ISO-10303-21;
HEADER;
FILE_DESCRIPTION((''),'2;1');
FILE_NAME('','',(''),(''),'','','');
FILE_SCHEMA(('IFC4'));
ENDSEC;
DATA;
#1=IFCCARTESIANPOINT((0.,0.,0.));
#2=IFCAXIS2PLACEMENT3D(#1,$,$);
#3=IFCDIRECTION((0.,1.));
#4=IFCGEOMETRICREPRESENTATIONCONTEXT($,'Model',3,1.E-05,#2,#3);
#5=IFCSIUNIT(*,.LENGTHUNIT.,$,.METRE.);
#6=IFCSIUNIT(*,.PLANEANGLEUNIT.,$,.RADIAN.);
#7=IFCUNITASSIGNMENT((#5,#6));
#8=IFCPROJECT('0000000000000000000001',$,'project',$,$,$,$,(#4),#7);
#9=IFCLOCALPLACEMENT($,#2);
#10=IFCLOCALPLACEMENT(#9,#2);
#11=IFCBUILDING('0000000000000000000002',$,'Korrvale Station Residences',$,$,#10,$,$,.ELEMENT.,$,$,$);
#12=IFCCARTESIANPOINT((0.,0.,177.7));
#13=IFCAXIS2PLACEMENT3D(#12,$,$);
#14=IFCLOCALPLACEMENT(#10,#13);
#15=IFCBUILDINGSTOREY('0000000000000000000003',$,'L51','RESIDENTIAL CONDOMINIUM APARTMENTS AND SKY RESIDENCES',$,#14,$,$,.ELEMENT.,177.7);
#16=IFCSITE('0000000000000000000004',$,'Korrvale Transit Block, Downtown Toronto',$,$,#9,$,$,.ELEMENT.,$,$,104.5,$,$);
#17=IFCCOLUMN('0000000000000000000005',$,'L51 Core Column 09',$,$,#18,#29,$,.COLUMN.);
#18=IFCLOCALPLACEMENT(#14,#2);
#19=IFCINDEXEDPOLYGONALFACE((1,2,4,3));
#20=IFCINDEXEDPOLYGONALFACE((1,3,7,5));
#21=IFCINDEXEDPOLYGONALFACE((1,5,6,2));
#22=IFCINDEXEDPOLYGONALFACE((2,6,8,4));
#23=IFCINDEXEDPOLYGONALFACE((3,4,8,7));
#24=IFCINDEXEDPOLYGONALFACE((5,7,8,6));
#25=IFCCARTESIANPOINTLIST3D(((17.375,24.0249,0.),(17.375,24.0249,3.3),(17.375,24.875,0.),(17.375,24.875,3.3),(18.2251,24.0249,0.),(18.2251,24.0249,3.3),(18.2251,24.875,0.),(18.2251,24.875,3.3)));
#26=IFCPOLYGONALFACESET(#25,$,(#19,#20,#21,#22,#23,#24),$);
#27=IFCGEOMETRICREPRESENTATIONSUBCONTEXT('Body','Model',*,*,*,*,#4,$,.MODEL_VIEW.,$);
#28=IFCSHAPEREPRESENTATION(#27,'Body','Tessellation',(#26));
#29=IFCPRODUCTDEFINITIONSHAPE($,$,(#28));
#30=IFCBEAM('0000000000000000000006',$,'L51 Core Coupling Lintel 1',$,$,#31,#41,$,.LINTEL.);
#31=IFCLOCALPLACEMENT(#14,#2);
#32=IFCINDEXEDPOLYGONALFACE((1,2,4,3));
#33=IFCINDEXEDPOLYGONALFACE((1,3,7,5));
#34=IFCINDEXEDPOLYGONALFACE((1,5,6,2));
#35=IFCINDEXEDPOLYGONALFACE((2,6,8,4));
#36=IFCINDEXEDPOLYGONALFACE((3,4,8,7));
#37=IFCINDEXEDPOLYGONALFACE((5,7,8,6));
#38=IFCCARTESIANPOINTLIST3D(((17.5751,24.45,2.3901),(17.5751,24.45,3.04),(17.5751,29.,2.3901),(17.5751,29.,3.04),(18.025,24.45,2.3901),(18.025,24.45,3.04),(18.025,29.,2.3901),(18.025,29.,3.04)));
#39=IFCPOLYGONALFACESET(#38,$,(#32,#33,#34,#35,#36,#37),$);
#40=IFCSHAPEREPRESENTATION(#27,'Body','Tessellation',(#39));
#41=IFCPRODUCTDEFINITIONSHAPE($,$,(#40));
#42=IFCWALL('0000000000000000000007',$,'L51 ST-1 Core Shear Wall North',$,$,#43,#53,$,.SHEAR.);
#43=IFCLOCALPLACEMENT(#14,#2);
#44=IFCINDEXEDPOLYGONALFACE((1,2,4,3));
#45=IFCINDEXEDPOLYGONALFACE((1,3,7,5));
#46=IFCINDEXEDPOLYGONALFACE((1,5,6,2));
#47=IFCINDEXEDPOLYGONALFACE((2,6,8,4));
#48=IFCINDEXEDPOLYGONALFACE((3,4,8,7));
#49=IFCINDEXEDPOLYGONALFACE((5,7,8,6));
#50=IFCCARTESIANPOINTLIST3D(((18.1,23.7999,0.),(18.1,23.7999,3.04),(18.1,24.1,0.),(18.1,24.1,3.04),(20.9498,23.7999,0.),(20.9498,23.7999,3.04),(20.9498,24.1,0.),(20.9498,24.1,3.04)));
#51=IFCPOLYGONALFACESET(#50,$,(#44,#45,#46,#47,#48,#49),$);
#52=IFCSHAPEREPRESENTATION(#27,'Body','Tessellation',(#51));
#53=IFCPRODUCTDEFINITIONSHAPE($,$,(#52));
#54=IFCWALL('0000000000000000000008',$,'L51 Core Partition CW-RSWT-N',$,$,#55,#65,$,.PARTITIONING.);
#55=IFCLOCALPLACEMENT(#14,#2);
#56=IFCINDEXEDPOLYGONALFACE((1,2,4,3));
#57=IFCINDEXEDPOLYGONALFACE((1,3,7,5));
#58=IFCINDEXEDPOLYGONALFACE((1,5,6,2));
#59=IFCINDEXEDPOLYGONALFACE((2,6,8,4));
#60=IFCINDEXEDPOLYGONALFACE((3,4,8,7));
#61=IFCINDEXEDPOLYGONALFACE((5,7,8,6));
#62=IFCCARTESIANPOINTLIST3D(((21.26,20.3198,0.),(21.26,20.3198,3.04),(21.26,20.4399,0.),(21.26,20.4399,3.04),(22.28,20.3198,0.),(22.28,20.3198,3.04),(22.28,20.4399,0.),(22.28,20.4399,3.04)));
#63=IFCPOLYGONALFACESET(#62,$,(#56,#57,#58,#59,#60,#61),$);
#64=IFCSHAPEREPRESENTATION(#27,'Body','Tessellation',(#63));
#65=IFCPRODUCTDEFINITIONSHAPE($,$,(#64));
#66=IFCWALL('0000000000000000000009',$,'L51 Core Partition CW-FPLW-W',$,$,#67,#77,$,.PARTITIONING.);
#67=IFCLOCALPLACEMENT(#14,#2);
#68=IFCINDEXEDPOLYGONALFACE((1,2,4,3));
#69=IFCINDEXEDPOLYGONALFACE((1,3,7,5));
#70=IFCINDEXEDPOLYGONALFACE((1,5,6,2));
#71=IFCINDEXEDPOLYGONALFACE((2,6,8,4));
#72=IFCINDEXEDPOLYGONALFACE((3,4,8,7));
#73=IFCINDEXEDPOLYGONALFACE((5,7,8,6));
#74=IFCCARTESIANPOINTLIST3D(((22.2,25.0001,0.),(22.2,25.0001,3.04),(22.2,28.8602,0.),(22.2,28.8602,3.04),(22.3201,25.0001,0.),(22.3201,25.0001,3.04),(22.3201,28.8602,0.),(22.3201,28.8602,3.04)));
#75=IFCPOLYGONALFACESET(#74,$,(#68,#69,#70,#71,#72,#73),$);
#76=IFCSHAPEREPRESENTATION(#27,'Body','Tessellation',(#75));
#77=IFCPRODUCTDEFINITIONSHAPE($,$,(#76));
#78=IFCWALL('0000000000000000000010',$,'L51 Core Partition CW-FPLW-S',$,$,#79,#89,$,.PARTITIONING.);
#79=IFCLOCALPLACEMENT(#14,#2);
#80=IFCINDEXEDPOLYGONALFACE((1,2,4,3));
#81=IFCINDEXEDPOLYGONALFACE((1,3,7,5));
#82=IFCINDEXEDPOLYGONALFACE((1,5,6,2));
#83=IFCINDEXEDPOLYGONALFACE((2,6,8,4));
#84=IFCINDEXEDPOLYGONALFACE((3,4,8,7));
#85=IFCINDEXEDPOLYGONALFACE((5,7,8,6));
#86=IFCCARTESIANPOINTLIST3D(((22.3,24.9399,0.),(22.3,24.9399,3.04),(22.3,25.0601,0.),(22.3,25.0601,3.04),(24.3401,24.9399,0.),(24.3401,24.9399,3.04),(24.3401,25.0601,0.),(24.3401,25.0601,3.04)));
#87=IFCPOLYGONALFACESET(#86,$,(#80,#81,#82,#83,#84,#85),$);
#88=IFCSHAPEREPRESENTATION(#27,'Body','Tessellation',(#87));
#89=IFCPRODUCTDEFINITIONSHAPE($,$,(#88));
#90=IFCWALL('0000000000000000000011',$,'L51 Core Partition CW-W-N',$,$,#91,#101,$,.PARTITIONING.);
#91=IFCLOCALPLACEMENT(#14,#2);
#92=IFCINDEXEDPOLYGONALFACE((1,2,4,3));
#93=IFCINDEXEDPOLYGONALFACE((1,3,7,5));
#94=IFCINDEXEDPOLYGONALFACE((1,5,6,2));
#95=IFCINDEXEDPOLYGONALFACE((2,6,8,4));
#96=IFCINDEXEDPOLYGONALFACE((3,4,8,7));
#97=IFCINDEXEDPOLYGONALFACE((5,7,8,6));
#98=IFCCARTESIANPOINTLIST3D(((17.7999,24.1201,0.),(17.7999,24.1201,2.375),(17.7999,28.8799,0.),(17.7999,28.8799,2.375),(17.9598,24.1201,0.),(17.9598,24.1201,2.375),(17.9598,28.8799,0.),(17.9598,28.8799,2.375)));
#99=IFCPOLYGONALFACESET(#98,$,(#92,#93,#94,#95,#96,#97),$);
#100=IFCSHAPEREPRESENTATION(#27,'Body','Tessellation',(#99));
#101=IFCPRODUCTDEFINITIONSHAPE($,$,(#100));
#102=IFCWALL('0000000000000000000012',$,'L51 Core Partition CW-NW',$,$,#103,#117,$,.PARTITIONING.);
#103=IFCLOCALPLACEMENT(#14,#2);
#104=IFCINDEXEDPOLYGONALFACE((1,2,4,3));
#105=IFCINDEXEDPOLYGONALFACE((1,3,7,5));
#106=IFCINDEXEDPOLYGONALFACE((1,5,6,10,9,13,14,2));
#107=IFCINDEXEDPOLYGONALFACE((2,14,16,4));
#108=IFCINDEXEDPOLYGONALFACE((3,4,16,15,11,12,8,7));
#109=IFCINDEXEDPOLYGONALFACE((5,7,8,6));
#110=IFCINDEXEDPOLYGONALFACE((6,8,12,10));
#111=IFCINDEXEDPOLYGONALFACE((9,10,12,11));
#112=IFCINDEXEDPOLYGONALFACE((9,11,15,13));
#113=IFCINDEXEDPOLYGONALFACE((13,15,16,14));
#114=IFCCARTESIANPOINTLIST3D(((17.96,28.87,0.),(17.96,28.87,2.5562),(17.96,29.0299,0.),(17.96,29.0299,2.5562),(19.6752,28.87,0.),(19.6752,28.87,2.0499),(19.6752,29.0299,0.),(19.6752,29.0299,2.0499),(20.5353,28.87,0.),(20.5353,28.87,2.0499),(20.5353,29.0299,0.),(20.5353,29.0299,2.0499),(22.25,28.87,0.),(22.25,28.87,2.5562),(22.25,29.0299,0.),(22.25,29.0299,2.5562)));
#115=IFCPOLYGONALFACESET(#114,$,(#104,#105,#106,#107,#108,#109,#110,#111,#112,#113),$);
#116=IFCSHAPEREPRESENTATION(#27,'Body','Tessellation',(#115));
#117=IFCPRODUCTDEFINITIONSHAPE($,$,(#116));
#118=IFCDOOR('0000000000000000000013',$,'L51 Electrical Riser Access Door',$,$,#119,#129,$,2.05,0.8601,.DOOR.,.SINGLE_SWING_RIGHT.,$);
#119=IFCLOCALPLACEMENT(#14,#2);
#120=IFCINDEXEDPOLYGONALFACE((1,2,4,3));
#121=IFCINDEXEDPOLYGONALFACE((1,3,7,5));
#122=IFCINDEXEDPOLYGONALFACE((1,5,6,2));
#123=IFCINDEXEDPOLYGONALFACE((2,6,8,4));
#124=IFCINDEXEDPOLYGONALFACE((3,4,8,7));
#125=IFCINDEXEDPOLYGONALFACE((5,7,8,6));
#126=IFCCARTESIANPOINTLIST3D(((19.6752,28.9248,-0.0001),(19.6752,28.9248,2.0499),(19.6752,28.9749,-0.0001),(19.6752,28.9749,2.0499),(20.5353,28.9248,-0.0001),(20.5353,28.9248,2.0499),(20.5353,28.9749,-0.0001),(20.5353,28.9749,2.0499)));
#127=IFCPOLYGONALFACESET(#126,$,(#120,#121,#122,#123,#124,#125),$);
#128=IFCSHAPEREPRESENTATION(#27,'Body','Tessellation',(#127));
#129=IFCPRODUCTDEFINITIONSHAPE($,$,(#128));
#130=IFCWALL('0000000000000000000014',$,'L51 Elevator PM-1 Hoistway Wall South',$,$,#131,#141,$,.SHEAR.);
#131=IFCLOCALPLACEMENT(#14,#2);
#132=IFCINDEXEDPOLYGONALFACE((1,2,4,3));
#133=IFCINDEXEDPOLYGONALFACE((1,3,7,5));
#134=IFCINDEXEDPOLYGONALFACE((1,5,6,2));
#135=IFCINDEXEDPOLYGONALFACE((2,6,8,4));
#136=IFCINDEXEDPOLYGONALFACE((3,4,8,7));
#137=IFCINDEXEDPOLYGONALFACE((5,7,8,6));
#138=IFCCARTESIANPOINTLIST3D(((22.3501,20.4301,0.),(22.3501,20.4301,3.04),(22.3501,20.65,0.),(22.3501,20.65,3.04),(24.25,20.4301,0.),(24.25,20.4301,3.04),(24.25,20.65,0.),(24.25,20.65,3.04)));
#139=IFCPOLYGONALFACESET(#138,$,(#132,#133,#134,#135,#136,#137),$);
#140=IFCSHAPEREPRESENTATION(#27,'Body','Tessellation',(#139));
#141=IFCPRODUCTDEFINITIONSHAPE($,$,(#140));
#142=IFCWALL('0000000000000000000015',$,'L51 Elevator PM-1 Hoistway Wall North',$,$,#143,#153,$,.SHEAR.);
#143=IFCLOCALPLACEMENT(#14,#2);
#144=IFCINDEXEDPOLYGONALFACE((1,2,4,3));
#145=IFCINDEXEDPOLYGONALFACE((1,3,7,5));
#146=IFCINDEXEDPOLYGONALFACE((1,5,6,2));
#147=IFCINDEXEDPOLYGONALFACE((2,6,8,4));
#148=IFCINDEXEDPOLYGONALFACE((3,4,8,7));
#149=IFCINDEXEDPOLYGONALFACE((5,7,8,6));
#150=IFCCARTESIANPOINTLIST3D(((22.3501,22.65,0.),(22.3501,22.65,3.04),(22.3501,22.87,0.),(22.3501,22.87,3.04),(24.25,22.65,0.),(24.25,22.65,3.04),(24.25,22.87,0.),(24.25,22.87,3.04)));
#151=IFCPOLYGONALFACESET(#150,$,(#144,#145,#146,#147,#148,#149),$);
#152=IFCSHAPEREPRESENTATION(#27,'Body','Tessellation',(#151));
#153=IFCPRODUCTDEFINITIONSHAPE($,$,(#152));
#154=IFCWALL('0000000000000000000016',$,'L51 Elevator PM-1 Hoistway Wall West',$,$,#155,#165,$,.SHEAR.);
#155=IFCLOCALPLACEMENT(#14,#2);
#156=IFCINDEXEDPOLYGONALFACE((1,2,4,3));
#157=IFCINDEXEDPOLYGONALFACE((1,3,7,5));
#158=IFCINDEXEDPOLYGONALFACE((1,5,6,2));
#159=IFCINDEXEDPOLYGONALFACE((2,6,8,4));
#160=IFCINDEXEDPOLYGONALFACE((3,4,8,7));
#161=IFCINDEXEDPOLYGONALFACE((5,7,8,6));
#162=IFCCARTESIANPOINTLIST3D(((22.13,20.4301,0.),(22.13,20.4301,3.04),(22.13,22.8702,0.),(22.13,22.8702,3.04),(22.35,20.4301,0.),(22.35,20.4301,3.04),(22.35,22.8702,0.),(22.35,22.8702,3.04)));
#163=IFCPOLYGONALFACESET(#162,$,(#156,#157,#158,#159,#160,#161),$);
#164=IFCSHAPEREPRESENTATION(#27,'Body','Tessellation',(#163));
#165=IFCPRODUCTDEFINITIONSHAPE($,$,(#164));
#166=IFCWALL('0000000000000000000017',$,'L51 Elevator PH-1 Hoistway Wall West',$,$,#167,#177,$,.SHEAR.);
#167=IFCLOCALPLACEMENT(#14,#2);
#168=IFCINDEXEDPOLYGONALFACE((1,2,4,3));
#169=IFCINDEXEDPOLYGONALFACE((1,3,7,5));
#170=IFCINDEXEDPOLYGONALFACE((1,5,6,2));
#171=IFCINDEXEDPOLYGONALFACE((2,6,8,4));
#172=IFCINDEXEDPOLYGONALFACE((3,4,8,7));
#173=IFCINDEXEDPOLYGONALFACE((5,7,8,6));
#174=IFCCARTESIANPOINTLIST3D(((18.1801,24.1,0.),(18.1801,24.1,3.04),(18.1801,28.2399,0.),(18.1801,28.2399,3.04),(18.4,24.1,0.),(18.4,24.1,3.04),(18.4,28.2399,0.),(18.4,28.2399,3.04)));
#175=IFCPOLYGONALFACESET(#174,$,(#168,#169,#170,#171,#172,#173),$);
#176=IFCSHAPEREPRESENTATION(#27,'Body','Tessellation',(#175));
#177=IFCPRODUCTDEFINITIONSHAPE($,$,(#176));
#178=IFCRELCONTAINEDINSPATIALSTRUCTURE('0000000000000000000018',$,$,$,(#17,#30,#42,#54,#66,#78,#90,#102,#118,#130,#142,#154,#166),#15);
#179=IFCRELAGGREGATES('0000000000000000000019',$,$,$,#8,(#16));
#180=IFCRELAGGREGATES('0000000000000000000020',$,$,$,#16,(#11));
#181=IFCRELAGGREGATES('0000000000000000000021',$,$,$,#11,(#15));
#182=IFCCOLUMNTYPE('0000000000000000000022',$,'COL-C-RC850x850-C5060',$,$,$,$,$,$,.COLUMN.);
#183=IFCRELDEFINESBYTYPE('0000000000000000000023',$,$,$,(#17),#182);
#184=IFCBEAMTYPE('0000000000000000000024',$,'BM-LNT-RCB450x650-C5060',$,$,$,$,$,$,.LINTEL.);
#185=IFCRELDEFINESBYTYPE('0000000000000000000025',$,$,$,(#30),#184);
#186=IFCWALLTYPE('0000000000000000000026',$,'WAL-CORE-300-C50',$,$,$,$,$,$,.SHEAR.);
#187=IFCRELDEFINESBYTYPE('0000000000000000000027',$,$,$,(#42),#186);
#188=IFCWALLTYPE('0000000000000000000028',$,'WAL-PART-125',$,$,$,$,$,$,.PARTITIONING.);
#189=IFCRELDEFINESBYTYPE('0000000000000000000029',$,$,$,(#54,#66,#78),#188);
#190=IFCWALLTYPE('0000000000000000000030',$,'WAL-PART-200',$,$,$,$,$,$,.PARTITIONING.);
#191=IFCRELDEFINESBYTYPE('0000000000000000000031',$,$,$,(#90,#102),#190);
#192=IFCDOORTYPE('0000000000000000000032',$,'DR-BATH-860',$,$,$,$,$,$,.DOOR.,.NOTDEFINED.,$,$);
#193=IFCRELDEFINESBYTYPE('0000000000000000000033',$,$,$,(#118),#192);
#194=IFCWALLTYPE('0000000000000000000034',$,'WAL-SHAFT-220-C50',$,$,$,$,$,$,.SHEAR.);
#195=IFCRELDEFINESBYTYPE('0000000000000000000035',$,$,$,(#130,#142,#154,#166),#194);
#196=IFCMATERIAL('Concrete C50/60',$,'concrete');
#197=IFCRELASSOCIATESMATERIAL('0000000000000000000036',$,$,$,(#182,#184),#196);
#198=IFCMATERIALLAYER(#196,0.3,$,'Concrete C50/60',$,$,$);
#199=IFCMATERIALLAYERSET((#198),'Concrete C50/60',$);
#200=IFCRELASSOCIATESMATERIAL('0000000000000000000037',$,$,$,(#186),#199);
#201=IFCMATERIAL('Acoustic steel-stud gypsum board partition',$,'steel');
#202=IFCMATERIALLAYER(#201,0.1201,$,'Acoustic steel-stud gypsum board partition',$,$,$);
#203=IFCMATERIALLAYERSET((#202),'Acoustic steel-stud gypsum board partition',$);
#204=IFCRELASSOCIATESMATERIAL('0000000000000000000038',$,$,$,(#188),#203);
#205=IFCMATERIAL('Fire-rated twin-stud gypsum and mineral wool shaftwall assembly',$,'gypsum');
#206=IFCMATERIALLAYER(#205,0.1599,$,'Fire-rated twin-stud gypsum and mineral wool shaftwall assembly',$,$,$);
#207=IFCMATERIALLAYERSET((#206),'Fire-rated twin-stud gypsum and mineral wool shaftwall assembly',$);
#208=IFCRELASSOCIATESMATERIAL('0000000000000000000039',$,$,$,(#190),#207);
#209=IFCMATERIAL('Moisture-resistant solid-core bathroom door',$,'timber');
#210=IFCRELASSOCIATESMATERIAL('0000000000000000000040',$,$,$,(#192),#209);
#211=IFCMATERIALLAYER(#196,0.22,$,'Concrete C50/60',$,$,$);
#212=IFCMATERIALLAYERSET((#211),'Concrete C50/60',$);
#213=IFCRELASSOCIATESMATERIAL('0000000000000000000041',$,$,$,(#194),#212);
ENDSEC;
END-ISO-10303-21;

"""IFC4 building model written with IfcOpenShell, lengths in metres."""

from ifc_helpers import new_model, si_unit, direction, frame, frame_2d, origin, origin_2d, place, context, subcontext, project, spatial, rectangle, extrude, material, layer, layer_set, material_profile, profile_set, type_object, element, fill, save


model = new_model("IFC4")

# Units and contexts
model_context = context("Model", 3, precision=1e-05, world=origin(), true_north=direction((0.0, 1.0)))
body_context = subcontext(model_context, "Body", "Model", "MODEL_VIEW")
ifc_project = project(units=[si_unit("LENGTHUNIT", "METRE"), si_unit("PLANEANGLEUNIT", "RADIAN")], contexts=[model_context])

# Site, building, storey
site_placement = place(None, origin())
site = spatial("IfcSite", under=ifc_project, at=site_placement, Name="Korrvale Transit Block, Downtown Toronto", CompositionType="ELEMENT", RefElevation=104.5)
building_placement = place(site_placement, origin())
building = spatial("IfcBuilding", under=site, at=building_placement, Name="Korrvale Station Residences", CompositionType="ELEMENT")
storey_placement = place(building_placement, frame((0.0, 0.0, 177.7)))
storey = spatial("IfcBuildingStorey", under=building, at=storey_placement, Name="L51", Description="RESIDENTIAL CONDOMINIUM APARTMENTS AND SKY RESIDENCES", CompositionType="ELEMENT", Elevation=177.7)

# Column
ifc_material_1 = material(Name="Concrete C50/60", Category="concrete")
ifc_material_profile_1 = material_profile(ifc_material_1, rectangle(XDim=0.8501, YDim=0.8501, at=origin_2d()), Name="RC850x850")
ifc_profile_set_1 = profile_set([ifc_material_profile_1], Name="Concrete C50/60")
column_type = type_object("IfcColumnType", Name="COL-C-RC850x850-C5060", PredefinedType="COLUMN", material=ifc_profile_set_1)
column_placement = place(storey_placement, frame((17.8, 24.45, 0.0), z_axis=(0.0, 0.0, 1.0), x_axis=(1.0, 0.0, 0.0)))
element("IfcColumn", 1, at=column_placement, inside=storey, type_object=column_type, Name="L51 Core Column 09", PredefinedType="COLUMN", context=body_context, shape_type="SweptSolid", body=[
    extrude(rectangle(XDim=0.8501, YDim=0.8501, at=origin_2d()), origin(), (0.0, 0.0, 1.0), 3.3),
])

# Beam
ifc_material_profile_2 = material_profile(ifc_material_1, rectangle(XDim=0.45, YDim=0.6499, at=origin_2d()), Name="RCB450x650")
ifc_profile_set_2 = profile_set([ifc_material_profile_2], Name="Concrete C50/60")
beam_type = type_object("IfcBeamType", Name="BM-LNT-RCB450x650-C5060", PredefinedType="LINTEL", material=ifc_profile_set_2)
beam_placement = place(storey_placement, frame((17.8, 24.45, 2.7151), z_axis=(0.0, 1.0, 0.0), x_axis=(-1.0, 0.0, 0.0)))
element("IfcBeam", 2, at=beam_placement, inside=storey, type_object=beam_type, Name="L51 Core Coupling Lintel 1", PredefinedType="LINTEL", context=body_context, shape_type="SweptSolid", body=[
    extrude(rectangle(XDim=0.45, YDim=0.6499, at=origin_2d()), origin(), (0.0, 0.0, 1.0), 4.55),
])

# Walls
ifc_layer_1 = layer(ifc_material_1, 0.3, Name="Concrete C50/60")
ifc_layer_set_1 = layer_set([ifc_layer_1], Name="Concrete C50/60")
wall_type_1 = type_object("IfcWallType", Name="WAL-CORE-300-C50", PredefinedType="SHEAR", material=ifc_layer_set_1)
wall_1_placement = place(storey_placement, frame((18.1001, 23.95, 0.0), z_axis=(0.0, 0.0, 1.0), x_axis=(1.0, 0.0, 0.0)))
element("IfcWall", 3, at=wall_1_placement, inside=storey, type_object=wall_type_1, Name="L51 ST-1 Core Shear Wall North", PredefinedType="SHEAR", context=body_context, shape_type="SweptSolid", body=[
    extrude(rectangle(XDim=2.8499, YDim=0.3, at=frame_2d((1.4248, 0.0))), origin(), (0.0, 0.0, 1.0), 3.04),
])
ifc_material_2 = material(Name="Acoustic steel-stud gypsum board partition", Category="steel")
ifc_layer_2 = layer(ifc_material_2, 0.1201, Name="Acoustic steel-stud gypsum board partition")
ifc_layer_set_2 = layer_set([ifc_layer_2], Name="Acoustic steel-stud gypsum board partition")
wall_type_2 = type_object("IfcWallType", Name="WAL-PART-125", PredefinedType="PARTITIONING", material=ifc_layer_set_2)
wall_2_placement = place(storey_placement, frame((22.28, 20.3799, 0.0), z_axis=(0.0, 0.0, 1.0), x_axis=(-1.0, 0.0, 0.0)))
element("IfcWall", 4, at=wall_2_placement, inside=storey, type_object=wall_type_2, Name="L51 Core Partition CW-RSWT-N", PredefinedType="PARTITIONING", context=body_context, shape_type="SweptSolid", body=[
    extrude(rectangle(XDim=1.02, YDim=0.1201, at=frame_2d((0.51, 0.0))), origin(), (0.0, 0.0, 1.0), 3.04),
])
wall_3_placement = place(storey_placement, frame((22.26, 25.0, 0.0), z_axis=(0.0, 0.0, 1.0), x_axis=(0.0, 1.0, 0.0)))
element("IfcWall", 5, at=wall_3_placement, inside=storey, type_object=wall_type_2, Name="L51 Core Partition CW-FPLW-W", PredefinedType="PARTITIONING", context=body_context, shape_type="SweptSolid", body=[
    extrude(rectangle(XDim=3.8601, YDim=0.1201, at=frame_2d((1.9302, 0.0))), origin(), (0.0, 0.0, 1.0), 3.04),
])
wall_4_placement = place(storey_placement, frame((22.3, 25.0, 0.0), z_axis=(0.0, 0.0, 1.0), x_axis=(1.0, 0.0, 0.0)))
element("IfcWall", 6, at=wall_4_placement, inside=storey, type_object=wall_type_2, Name="L51 Core Partition CW-FPLW-S", PredefinedType="PARTITIONING", context=body_context, shape_type="SweptSolid", body=[
    extrude(rectangle(XDim=2.04, YDim=0.1201, at=frame_2d((1.02, 0.0))), origin(), (0.0, 0.0, 1.0), 3.04),
])
ifc_material_3 = material(Name="Fire-rated twin-stud gypsum and mineral wool shaftwall assembly", Category="gypsum")
ifc_layer_3 = layer(ifc_material_3, 0.1599, Name="Fire-rated twin-stud gypsum and mineral wool shaftwall assembly")
ifc_layer_set_3 = layer_set([ifc_layer_3], Name="Fire-rated twin-stud gypsum and mineral wool shaftwall assembly")
wall_type_3 = type_object("IfcWallType", Name="WAL-PART-200", PredefinedType="PARTITIONING", material=ifc_layer_set_3)
wall_5_placement = place(storey_placement, frame((17.8799, 24.1201, 0.0), z_axis=(0.0, 0.0, 1.0), x_axis=(0.0, 1.0, 0.0)))
element("IfcWall", 7, at=wall_5_placement, inside=storey, type_object=wall_type_3, Name="L51 Core Partition CW-W-N", PredefinedType="PARTITIONING", context=body_context, shape_type="SweptSolid", body=[
    extrude(rectangle(XDim=4.7598, YDim=0.1599, at=frame_2d((2.3799, 0.0))), origin(), (0.0, 0.0, 1.0), 2.375),
])

# Wall, opening, door
wall_6_placement = place(storey_placement, frame((17.96, 28.95, 0.0), z_axis=(0.0, 0.0, 1.0), x_axis=(1.0, 0.0, 0.0)))
wall_6 = element("IfcWall", 8, at=wall_6_placement, inside=storey, type_object=wall_type_3, Name="L51 Core Partition CW-NW", PredefinedType="PARTITIONING", context=body_context, shape_type="SweptSolid", body=[
    extrude(rectangle(XDim=4.29, YDim=0.1599, at=frame_2d((2.145, 0.0))), origin(), (0.0, 0.0, 1.0), 2.5562),
])
opening_1_placement = place(wall_6_placement, frame((1.7151, 0.0, 0.0)))
opening_1 = element("IfcOpeningElement", 9, at=opening_1_placement, cuts=wall_6, PredefinedType="OPENING", context=body_context, shape_type="SweptSolid", body=[
    extrude(rectangle(XDim=0.8601, YDim=2.05, at=frame_2d((0.4302, 1.0249))), frame((0.0, 0.0898, 0.0), z_axis=(0.0, -1.0, 0.0), x_axis=(1.0, 0.0, 0.0)), (0.0, 0.0, 1.0), 0.1799),
])
ifc_material_4 = material(Name="Moisture-resistant solid-core bathroom door", Category="timber")
door_type_1 = type_object("IfcDoorType", Name="DR-BATH-860", OperationType="NOTDEFINED", PredefinedType="DOOR", material=ifc_material_4)
door_1_placement = place(opening_1_placement, origin())
door_1 = element("IfcDoor", 10, at=door_1_placement, inside=storey, type_object=door_type_1, Name="L51 Electrical Riser Access Door", OperationType="SINGLE_SWING_RIGHT", OverallHeight=2.05, OverallWidth=0.8601, PredefinedType="DOOR", context=body_context, shape_type="SweptSolid", body=[
    extrude(rectangle(XDim=0.8601, YDim=2.05, at=frame_2d((0.4302, 1.0249))), frame((0.0, 0.0249, 0.0), z_axis=(0.0, -1.0, 0.0), x_axis=(1.0, 0.0, 0.0)), (0.0, 0.0, 1.0), 0.05),
])
fill(opening_1, door_1)

# Walls
ifc_layer_4 = layer(ifc_material_1, 0.22, Name="Concrete C50/60")
ifc_layer_set_4 = layer_set([ifc_layer_4], Name="Concrete C50/60")
wall_type_4 = type_object("IfcWallType", Name="WAL-SHAFT-220-C50", PredefinedType="SHEAR", material=ifc_layer_set_4)
for number, where, z_axis, x_axis, name in (
    (11, (22.3501, 20.54, 0.0), (0.0, 0.0, 1.0), (1.0, 0.0, 0.0), "L51 Elevator PM-1 Hoistway Wall South"),
    (12, (22.3501, 22.76, 0.0), (0.0, 0.0, 1.0), (1.0, 0.0, 0.0), "L51 Elevator PM-1 Hoistway Wall North"),
):
    element("IfcWall", number, at=place(storey_placement, frame(where, z_axis=z_axis, x_axis=x_axis)), inside=storey, type_object=wall_type_4, Name=name, PredefinedType="SHEAR", context=body_context, shape_type="SweptSolid", body=[
        extrude(rectangle(XDim=1.8999, YDim=0.22, at=frame_2d((0.95, 0.0))), origin(), (0.0, 0.0, 1.0), 3.04),
    ])
wall_7_placement = place(storey_placement, frame((22.24, 20.4299, 0.0), z_axis=(0.0, 0.0, 1.0), x_axis=(0.0, 1.0, 0.0)))
element("IfcWall", 13, at=wall_7_placement, inside=storey, type_object=wall_type_4, Name="L51 Elevator PM-1 Hoistway Wall West", PredefinedType="SHEAR", context=body_context, shape_type="SweptSolid", body=[
    extrude(rectangle(XDim=2.4402, YDim=0.22, at=frame_2d((1.2202, 0.0))), origin(), (0.0, 0.0, 1.0), 3.04),
])
wall_8_placement = place(storey_placement, frame((18.29, 24.1001, 0.0), z_axis=(0.0, 0.0, 1.0), x_axis=(0.0, 1.0, 0.0)))
element("IfcWall", 14, at=wall_8_placement, inside=storey, type_object=wall_type_4, Name="L51 Elevator PH-1 Hoistway Wall West", PredefinedType="SHEAR", context=body_context, shape_type="SweptSolid", body=[
    extrude(rectangle(XDim=4.1399, YDim=0.22, at=frame_2d((2.0698, 0.0))), origin(), (0.0, 0.0, 1.0), 3.04),
])

save(model, "model.ifc")
